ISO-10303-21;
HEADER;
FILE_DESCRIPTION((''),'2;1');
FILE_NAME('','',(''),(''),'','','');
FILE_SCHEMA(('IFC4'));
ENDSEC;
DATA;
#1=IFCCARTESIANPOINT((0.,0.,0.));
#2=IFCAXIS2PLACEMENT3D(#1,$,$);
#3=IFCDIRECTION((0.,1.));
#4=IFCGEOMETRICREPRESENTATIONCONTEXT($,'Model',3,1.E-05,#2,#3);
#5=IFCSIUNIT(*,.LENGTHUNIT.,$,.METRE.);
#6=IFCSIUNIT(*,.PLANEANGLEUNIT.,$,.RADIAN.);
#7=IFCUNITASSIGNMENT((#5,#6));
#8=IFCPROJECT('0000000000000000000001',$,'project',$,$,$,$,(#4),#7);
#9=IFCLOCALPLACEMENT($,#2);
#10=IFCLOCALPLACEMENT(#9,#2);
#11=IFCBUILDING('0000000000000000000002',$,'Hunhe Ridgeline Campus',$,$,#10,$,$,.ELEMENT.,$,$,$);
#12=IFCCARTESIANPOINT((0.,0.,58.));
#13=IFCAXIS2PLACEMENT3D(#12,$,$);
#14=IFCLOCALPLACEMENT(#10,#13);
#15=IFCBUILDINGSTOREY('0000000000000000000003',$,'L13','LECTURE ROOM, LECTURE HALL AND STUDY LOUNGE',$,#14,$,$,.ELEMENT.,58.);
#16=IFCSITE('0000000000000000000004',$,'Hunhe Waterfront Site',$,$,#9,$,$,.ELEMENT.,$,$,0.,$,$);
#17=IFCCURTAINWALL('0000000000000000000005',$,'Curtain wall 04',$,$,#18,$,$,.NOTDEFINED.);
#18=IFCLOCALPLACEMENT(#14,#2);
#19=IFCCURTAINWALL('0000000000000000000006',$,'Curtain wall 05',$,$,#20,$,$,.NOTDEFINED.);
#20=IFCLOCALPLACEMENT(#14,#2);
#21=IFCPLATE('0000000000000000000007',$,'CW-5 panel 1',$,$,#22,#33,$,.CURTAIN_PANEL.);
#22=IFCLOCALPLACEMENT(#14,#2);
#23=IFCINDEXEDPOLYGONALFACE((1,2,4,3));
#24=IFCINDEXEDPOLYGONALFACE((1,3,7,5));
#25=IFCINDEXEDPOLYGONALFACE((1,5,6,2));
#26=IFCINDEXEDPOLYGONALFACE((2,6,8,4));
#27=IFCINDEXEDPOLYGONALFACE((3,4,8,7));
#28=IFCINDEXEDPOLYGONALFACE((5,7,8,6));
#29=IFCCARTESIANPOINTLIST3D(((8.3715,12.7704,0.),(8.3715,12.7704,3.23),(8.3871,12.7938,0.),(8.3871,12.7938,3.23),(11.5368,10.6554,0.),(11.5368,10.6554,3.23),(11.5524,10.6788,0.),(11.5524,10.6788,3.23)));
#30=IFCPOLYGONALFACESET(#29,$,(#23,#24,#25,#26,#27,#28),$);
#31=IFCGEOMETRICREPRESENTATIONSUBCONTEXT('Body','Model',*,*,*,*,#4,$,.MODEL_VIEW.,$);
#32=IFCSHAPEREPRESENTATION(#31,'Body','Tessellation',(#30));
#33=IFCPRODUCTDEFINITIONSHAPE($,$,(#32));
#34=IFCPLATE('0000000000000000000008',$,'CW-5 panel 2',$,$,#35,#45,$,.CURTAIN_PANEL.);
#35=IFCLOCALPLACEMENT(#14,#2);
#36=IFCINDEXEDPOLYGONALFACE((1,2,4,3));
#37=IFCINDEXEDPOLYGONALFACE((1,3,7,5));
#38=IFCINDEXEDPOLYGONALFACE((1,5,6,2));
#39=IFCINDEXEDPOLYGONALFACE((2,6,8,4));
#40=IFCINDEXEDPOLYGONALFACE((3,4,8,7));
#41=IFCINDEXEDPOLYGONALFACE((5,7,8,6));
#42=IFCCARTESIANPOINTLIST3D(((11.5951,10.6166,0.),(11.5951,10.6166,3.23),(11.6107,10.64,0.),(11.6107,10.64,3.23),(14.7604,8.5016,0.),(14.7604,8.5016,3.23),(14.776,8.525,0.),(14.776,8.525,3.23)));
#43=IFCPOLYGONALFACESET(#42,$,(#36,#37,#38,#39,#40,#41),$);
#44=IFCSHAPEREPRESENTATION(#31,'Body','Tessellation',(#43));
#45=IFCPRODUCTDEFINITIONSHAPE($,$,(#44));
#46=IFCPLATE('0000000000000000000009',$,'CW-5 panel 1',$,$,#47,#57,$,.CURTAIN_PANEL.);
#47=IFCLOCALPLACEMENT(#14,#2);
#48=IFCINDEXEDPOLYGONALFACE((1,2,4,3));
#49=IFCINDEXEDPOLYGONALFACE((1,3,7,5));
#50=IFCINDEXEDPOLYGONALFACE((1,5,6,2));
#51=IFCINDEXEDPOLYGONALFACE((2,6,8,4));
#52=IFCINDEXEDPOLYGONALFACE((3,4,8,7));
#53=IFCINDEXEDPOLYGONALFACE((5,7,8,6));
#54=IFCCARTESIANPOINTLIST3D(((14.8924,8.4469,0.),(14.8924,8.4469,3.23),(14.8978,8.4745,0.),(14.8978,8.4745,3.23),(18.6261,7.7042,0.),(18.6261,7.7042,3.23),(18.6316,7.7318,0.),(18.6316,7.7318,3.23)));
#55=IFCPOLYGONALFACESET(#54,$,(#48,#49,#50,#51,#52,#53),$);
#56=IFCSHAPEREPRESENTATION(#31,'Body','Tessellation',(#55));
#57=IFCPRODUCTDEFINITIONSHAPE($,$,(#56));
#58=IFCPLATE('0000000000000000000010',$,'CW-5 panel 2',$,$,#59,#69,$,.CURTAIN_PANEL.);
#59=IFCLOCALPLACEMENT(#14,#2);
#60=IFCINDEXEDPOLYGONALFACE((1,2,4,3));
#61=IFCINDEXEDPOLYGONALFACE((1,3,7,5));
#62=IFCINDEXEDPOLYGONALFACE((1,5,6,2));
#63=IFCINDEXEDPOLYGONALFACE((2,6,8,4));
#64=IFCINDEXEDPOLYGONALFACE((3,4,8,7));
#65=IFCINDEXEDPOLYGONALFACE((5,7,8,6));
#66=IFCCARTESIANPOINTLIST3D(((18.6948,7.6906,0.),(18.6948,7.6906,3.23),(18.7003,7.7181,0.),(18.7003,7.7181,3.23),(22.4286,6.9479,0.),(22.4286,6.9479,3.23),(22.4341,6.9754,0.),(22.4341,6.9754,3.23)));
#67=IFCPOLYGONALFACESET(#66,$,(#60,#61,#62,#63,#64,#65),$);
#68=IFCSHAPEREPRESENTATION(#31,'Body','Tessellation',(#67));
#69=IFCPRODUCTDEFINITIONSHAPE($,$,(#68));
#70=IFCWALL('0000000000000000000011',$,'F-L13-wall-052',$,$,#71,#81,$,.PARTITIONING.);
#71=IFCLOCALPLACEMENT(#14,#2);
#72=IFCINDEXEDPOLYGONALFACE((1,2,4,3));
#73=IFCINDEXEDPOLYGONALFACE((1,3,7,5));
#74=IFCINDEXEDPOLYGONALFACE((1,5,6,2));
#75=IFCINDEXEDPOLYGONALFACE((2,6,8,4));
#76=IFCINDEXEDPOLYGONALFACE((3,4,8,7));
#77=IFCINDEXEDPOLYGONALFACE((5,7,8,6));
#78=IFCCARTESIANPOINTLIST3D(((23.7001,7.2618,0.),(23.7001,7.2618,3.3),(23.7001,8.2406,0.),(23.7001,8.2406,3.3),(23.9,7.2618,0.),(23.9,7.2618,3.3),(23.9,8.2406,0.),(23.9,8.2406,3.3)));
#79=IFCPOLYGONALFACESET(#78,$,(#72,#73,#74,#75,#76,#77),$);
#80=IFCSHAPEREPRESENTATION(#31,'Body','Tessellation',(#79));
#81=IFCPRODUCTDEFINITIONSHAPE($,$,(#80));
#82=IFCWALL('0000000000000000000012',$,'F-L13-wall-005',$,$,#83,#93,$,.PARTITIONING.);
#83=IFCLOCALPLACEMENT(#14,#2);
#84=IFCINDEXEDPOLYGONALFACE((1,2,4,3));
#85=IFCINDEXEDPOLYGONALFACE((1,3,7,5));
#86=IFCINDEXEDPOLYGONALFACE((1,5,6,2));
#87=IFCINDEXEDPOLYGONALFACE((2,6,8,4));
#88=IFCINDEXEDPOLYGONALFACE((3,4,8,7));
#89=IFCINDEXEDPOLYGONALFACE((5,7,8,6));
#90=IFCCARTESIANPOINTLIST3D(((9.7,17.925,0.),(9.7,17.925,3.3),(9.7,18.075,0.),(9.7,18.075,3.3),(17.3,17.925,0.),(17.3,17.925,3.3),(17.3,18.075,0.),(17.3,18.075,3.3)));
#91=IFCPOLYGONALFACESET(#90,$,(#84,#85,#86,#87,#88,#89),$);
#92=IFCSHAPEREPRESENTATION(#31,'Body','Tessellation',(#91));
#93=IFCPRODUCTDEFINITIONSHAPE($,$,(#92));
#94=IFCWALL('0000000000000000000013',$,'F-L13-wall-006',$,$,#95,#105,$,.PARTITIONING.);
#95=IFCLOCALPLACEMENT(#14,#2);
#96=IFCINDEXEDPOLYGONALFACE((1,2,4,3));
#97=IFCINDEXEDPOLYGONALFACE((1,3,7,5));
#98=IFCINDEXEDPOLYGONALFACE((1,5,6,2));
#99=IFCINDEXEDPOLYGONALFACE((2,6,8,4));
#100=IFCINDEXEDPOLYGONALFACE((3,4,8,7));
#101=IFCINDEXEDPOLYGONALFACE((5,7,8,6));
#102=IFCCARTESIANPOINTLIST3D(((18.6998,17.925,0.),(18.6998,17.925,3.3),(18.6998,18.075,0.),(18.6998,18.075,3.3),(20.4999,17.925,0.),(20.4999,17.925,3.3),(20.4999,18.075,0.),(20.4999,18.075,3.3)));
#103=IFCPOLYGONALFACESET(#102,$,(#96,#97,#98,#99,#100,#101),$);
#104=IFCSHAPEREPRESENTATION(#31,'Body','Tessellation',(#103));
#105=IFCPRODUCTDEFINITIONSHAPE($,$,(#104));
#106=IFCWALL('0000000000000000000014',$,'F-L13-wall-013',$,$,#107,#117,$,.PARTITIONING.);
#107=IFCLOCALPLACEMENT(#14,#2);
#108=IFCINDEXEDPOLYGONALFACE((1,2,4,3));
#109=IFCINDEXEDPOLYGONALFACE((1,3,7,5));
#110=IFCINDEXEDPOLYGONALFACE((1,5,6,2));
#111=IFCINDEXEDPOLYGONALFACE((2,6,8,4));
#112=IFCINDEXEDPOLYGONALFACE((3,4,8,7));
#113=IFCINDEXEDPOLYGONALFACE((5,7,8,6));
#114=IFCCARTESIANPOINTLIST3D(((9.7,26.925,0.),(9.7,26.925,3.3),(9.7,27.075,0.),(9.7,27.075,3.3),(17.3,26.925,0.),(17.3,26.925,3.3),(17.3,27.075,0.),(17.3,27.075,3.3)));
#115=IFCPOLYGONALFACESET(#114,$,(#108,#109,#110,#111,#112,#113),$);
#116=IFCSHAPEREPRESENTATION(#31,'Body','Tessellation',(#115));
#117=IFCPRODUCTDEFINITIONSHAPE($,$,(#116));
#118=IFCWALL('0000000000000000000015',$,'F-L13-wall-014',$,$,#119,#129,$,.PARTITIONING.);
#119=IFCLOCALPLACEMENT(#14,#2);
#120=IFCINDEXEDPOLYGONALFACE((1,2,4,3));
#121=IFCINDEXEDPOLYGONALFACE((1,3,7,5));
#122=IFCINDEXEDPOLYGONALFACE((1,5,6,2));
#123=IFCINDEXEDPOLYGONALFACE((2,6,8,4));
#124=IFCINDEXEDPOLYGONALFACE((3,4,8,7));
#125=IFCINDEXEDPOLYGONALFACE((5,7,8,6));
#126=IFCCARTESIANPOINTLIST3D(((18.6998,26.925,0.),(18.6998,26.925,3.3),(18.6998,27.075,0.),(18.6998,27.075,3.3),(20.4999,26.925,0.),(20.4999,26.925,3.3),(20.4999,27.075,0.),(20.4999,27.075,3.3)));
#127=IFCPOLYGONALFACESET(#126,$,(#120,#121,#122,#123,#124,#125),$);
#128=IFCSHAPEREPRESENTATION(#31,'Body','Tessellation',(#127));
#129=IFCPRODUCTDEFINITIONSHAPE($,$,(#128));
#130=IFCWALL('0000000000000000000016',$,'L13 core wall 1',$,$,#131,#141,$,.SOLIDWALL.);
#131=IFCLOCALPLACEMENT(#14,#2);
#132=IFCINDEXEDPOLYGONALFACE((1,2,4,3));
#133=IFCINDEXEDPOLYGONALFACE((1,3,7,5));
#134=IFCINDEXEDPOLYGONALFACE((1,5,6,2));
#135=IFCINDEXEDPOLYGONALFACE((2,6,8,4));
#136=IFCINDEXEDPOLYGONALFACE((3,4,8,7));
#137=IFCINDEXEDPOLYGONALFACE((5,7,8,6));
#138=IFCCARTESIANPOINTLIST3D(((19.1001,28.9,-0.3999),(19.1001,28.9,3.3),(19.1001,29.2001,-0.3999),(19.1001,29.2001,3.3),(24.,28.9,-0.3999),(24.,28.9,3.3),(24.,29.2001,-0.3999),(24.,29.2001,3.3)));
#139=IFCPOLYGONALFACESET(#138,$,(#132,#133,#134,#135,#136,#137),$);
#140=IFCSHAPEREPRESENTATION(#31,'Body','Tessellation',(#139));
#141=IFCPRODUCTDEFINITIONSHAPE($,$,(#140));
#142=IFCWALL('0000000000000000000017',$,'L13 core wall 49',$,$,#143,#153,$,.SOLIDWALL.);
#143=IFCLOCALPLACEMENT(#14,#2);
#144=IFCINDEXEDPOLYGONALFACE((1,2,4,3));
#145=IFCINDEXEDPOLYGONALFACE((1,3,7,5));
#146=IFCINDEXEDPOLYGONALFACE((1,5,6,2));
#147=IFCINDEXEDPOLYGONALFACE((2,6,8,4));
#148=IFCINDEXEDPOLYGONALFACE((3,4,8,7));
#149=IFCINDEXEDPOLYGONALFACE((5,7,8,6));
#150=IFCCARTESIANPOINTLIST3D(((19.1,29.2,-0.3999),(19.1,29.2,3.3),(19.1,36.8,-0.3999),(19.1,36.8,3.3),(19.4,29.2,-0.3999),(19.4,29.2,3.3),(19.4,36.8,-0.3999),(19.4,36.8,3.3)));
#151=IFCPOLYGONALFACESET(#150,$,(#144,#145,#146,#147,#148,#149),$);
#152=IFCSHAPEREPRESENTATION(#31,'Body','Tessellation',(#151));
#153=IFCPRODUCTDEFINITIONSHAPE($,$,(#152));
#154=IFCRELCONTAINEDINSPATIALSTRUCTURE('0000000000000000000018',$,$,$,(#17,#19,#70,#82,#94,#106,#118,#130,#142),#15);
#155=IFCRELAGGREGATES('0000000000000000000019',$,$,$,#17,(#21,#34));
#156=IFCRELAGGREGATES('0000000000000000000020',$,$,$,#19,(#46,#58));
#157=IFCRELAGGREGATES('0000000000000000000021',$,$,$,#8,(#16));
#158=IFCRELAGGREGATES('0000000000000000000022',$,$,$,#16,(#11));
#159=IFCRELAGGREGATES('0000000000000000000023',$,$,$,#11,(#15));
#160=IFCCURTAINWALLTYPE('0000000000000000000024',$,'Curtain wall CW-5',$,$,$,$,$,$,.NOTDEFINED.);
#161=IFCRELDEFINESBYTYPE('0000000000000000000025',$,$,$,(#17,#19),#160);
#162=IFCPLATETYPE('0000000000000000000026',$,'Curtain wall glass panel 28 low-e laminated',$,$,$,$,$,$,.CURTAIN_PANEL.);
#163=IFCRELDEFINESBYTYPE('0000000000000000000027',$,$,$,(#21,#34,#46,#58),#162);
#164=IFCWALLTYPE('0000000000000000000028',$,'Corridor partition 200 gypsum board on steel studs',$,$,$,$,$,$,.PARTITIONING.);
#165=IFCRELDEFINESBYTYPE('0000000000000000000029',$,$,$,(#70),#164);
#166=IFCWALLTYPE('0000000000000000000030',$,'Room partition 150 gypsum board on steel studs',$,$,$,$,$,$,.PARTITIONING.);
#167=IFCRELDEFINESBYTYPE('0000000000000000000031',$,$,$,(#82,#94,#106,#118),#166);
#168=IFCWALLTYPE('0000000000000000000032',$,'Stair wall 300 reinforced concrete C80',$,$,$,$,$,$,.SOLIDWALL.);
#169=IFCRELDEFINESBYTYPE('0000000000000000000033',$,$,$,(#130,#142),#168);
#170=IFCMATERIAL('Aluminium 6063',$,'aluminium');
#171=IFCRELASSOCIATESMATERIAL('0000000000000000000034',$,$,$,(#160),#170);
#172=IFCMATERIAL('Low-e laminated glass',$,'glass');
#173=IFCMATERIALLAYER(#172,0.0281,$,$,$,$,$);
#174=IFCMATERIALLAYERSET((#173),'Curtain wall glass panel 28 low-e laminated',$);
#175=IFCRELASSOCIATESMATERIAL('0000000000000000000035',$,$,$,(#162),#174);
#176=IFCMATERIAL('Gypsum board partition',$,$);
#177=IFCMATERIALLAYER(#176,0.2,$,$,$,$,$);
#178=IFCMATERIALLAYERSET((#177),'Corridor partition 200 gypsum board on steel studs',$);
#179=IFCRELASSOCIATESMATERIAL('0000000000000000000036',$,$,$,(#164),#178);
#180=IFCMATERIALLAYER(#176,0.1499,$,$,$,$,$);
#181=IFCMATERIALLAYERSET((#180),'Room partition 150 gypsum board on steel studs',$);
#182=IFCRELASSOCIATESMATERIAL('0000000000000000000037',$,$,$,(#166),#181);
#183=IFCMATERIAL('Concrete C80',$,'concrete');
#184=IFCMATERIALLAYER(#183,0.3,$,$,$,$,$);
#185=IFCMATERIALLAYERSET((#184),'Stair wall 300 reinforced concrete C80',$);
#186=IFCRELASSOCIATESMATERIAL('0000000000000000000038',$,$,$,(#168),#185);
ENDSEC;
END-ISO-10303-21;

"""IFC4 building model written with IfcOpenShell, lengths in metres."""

from ifc_helpers import new_model, si_unit, direction, frame, frame_2d, origin, origin_2d, place, context, subcontext, project, spatial, rectangle, extrude, material, layer, layer_set, type_object, element, aggregate, save


model = new_model("IFC4")

# Units and contexts
model_context = context("Model", 3, precision=1e-05, world=origin(), true_north=direction((0.0, 1.0)))
body_context = subcontext(model_context, "Body", "Model", "MODEL_VIEW")
ifc_project = project(units=[si_unit("LENGTHUNIT", "METRE"), si_unit("PLANEANGLEUNIT", "RADIAN")], contexts=[model_context])

# Site, building, storey
site_placement = place(None, origin())
site = spatial("IfcSite", under=ifc_project, at=site_placement, Name="Hunhe Waterfront Site", CompositionType="ELEMENT", RefElevation=0.0)
building_placement = place(site_placement, origin())
building = spatial("IfcBuilding", under=site, at=building_placement, Name="Hunhe Ridgeline Campus", CompositionType="ELEMENT")
storey_placement = place(building_placement, frame((0.0, 0.0, 58.0)))
storey = spatial("IfcBuildingStorey", under=building, at=storey_placement, Name="L13", Description="LECTURE ROOM, LECTURE HALL AND STUDY LOUNGE", CompositionType="ELEMENT", Elevation=58.0)

# Shared definitions
ifc_material_1 = material(Name="Concrete C80", Category="concrete")

# Curtain walls
ifc_material_2 = material(Name="Aluminium 6063", Category="aluminium")
curtain_wall_type = type_object("IfcCurtainWallType", Name="Curtain wall CW-5", PredefinedType="NOTDEFINED", material=ifc_material_2)
curtain_wall_1_placement = place(storey_placement, origin())
curtain_wall_1 = element("IfcCurtainWall", 1, at=curtain_wall_1_placement, inside=storey, type_object=curtain_wall_type, Name="Curtain wall 04", PredefinedType="NOTDEFINED")
curtain_wall_2_placement = place(storey_placement, origin())
curtain_wall_2 = element("IfcCurtainWall", 2, at=curtain_wall_2_placement, inside=storey, type_object=curtain_wall_type, Name="Curtain wall 05", PredefinedType="NOTDEFINED")

# Plates
ifc_material_3 = material(Name="Low-e laminated glass", Category="glass")
ifc_layer_1 = layer(ifc_material_3, 0.0281)
ifc_layer_set_1 = layer_set([ifc_layer_1], Name="Curtain wall glass panel 28 low-e laminated")
plate_type = type_object("IfcPlateType", Name="Curtain wall glass panel 28 low-e laminated", PredefinedType="CURTAIN_PANEL", material=ifc_layer_set_1)
plate_1_placement = place(storey_placement, frame((9.9619, 11.7246, 0.0), z_axis=(0.0, 0.0, 1.0), x_axis=(0.83147, -0.55557, 0.0)))
plate_1 = element("IfcPlate", 3, at=plate_1_placement, type_object=plate_type, Name="CW-5 panel 1", PredefinedType="CURTAIN_PANEL", context=body_context, shape_type="SweptSolid", body=[
    extrude(rectangle(XDim=3.8069, YDim=0.0281, at=origin_2d()), origin(), (0.0, 0.0, 1.0), 3.23),
])
plate_2_placement = place(storey_placement, frame((13.1855, 9.5708, 0.0), z_axis=(0.0, 0.0, 1.0), x_axis=(0.83147, -0.55557, 0.0)))
plate_2 = element("IfcPlate", 4, at=plate_2_placement, type_object=plate_type, Name="CW-5 panel 2", PredefinedType="CURTAIN_PANEL", context=body_context, shape_type="SweptSolid", body=[
    extrude(rectangle(XDim=3.8069, YDim=0.0281, at=origin_2d()), origin(), (0.0, 0.0, 1.0), 3.23),
])
aggregate(curtain_wall_1, [plate_1, plate_2])
plate_3_placement = place(storey_placement, frame((16.762, 8.0894, 0.0), z_axis=(0.0, 0.0, 1.0), x_axis=(0.980785, -0.19509, 0.0)))
plate_3 = element("IfcPlate", 5, at=plate_3_placement, type_object=plate_type, Name="CW-5 panel 1", PredefinedType="CURTAIN_PANEL", context=body_context, shape_type="SweptSolid", body=[
    extrude(rectangle(XDim=3.8069, YDim=0.0281, at=origin_2d()), origin(), (0.0, 0.0, 1.0), 3.23),
])
plate_4_placement = place(storey_placement, frame((20.5645, 7.333, 0.0), z_axis=(0.0, 0.0, 1.0), x_axis=(0.980785, -0.19509, 0.0)))
plate_4 = element("IfcPlate", 6, at=plate_4_placement, type_object=plate_type, Name="CW-5 panel 2", PredefinedType="CURTAIN_PANEL", context=body_context, shape_type="SweptSolid", body=[
    extrude(rectangle(XDim=3.8069, YDim=0.0281, at=origin_2d()), origin(), (0.0, 0.0, 1.0), 3.23),
])
aggregate(curtain_wall_2, [plate_3, plate_4])

# Shared definitions
ifc_material_4 = material(Name="Gypsum board partition")
ifc_layer_2 = layer(ifc_material_4, 0.2)
ifc_layer_set_2 = layer_set([ifc_layer_2], Name="Corridor partition 200 gypsum board on steel studs")
wall_type_1 = type_object("IfcWallType", Name="Corridor partition 200 gypsum board on steel studs", PredefinedType="PARTITIONING", material=ifc_layer_set_2)

# Walls
wall_1_placement = place(storey_placement, frame((23.8, 8.2405, 0.0), z_axis=(0.0, 0.0, 1.0), x_axis=(0.0, -1.0, 0.0)))
element("IfcWall", 7, at=wall_1_placement, inside=storey, type_object=wall_type_1, Name="F-L13-wall-052", PredefinedType="PARTITIONING", context=body_context, shape_type="SweptSolid", body=[
    extrude(rectangle(XDim=0.9788, YDim=0.2, at=frame_2d((0.4893, 0.0))), origin(), (0.0, 0.0, 1.0), 3.3),
])
ifc_layer_3 = layer(ifc_material_4, 0.1499)
ifc_layer_set_3 = layer_set([ifc_layer_3], Name="Room partition 150 gypsum board on steel studs")
wall_type_2 = type_object("IfcWallType", Name="Room partition 150 gypsum board on steel studs", PredefinedType="PARTITIONING", material=ifc_layer_set_3)
wall_2_placement = place(storey_placement, frame((9.7, 18.0, 0.0), z_axis=(0.0, 0.0, 1.0), x_axis=(1.0, 0.0, 0.0)))
element("IfcWall", 8, at=wall_2_placement, inside=storey, type_object=wall_type_2, Name="F-L13-wall-005", PredefinedType="PARTITIONING", context=body_context, shape_type="SweptSolid", body=[
    extrude(rectangle(XDim=7.6001, YDim=0.1499, at=frame_2d((3.8, 0.0))), origin(), (0.0, 0.0, 1.0), 3.3),
])
wall_3_placement = place(storey_placement, frame((18.7, 18.0, 0.0), z_axis=(0.0, 0.0, 1.0), x_axis=(1.0, 0.0, 0.0)))
element("IfcWall", 9, at=wall_3_placement, inside=storey, type_object=wall_type_2, Name="F-L13-wall-006", PredefinedType="PARTITIONING", context=body_context, shape_type="SweptSolid", body=[
    extrude(rectangle(XDim=1.8, YDim=0.1499, at=frame_2d((0.8999, 0.0))), origin(), (0.0, 0.0, 1.0), 3.3),
])
wall_4_placement = place(storey_placement, frame((9.7, 27.0, 0.0), z_axis=(0.0, 0.0, 1.0), x_axis=(1.0, 0.0, 0.0)))
element("IfcWall", 10, at=wall_4_placement, inside=storey, type_object=wall_type_2, Name="F-L13-wall-013", PredefinedType="PARTITIONING", context=body_context, shape_type="SweptSolid", body=[
    extrude(rectangle(XDim=7.6001, YDim=0.1499, at=frame_2d((3.8, 0.0))), origin(), (0.0, 0.0, 1.0), 3.3),
])
wall_5_placement = place(storey_placement, frame((18.7, 27.0, 0.0), z_axis=(0.0, 0.0, 1.0), x_axis=(1.0, 0.0, 0.0)))
element("IfcWall", 11, at=wall_5_placement, inside=storey, type_object=wall_type_2, Name="F-L13-wall-014", PredefinedType="PARTITIONING", context=body_context, shape_type="SweptSolid", body=[
    extrude(rectangle(XDim=1.8, YDim=0.1499, at=frame_2d((0.8999, 0.0))), origin(), (0.0, 0.0, 1.0), 3.3),
])
ifc_layer_4 = layer(ifc_material_1, 0.3)
ifc_layer_set_4 = layer_set([ifc_layer_4], Name="Stair wall 300 reinforced concrete C80")
wall_type_3 = type_object("IfcWallType", Name="Stair wall 300 reinforced concrete C80", PredefinedType="SOLIDWALL", material=ifc_layer_set_4)
wall_6_placement = place(storey_placement, frame((19.1001, 29.05, -0.3999), z_axis=(0.0, 0.0, 1.0), x_axis=(1.0, 0.0, 0.0)))
element("IfcWall", 12, at=wall_6_placement, inside=storey, type_object=wall_type_3, Name="L13 core wall 1", PredefinedType="SOLIDWALL", context=body_context, shape_type="SweptSolid", body=[
    extrude(rectangle(XDim=4.8999, YDim=0.3, at=frame_2d((2.45, 0.0))), origin(), (0.0, 0.0, 1.0), 3.7),
])
wall_7_placement = place(storey_placement, frame((19.25, 29.2, -0.3999), z_axis=(0.0, 0.0, 1.0), x_axis=(0.0, 1.0, 0.0)))
element("IfcWall", 13, at=wall_7_placement, inside=storey, type_object=wall_type_3, Name="L13 core wall 49", PredefinedType="SOLIDWALL", context=body_context, shape_type="SweptSolid", body=[
    extrude(rectangle(XDim=7.6001, YDim=0.3, at=frame_2d((3.8, 0.0))), origin(), (0.0, 0.0, 1.0), 3.7),
])

save(model, "model.ifc")
